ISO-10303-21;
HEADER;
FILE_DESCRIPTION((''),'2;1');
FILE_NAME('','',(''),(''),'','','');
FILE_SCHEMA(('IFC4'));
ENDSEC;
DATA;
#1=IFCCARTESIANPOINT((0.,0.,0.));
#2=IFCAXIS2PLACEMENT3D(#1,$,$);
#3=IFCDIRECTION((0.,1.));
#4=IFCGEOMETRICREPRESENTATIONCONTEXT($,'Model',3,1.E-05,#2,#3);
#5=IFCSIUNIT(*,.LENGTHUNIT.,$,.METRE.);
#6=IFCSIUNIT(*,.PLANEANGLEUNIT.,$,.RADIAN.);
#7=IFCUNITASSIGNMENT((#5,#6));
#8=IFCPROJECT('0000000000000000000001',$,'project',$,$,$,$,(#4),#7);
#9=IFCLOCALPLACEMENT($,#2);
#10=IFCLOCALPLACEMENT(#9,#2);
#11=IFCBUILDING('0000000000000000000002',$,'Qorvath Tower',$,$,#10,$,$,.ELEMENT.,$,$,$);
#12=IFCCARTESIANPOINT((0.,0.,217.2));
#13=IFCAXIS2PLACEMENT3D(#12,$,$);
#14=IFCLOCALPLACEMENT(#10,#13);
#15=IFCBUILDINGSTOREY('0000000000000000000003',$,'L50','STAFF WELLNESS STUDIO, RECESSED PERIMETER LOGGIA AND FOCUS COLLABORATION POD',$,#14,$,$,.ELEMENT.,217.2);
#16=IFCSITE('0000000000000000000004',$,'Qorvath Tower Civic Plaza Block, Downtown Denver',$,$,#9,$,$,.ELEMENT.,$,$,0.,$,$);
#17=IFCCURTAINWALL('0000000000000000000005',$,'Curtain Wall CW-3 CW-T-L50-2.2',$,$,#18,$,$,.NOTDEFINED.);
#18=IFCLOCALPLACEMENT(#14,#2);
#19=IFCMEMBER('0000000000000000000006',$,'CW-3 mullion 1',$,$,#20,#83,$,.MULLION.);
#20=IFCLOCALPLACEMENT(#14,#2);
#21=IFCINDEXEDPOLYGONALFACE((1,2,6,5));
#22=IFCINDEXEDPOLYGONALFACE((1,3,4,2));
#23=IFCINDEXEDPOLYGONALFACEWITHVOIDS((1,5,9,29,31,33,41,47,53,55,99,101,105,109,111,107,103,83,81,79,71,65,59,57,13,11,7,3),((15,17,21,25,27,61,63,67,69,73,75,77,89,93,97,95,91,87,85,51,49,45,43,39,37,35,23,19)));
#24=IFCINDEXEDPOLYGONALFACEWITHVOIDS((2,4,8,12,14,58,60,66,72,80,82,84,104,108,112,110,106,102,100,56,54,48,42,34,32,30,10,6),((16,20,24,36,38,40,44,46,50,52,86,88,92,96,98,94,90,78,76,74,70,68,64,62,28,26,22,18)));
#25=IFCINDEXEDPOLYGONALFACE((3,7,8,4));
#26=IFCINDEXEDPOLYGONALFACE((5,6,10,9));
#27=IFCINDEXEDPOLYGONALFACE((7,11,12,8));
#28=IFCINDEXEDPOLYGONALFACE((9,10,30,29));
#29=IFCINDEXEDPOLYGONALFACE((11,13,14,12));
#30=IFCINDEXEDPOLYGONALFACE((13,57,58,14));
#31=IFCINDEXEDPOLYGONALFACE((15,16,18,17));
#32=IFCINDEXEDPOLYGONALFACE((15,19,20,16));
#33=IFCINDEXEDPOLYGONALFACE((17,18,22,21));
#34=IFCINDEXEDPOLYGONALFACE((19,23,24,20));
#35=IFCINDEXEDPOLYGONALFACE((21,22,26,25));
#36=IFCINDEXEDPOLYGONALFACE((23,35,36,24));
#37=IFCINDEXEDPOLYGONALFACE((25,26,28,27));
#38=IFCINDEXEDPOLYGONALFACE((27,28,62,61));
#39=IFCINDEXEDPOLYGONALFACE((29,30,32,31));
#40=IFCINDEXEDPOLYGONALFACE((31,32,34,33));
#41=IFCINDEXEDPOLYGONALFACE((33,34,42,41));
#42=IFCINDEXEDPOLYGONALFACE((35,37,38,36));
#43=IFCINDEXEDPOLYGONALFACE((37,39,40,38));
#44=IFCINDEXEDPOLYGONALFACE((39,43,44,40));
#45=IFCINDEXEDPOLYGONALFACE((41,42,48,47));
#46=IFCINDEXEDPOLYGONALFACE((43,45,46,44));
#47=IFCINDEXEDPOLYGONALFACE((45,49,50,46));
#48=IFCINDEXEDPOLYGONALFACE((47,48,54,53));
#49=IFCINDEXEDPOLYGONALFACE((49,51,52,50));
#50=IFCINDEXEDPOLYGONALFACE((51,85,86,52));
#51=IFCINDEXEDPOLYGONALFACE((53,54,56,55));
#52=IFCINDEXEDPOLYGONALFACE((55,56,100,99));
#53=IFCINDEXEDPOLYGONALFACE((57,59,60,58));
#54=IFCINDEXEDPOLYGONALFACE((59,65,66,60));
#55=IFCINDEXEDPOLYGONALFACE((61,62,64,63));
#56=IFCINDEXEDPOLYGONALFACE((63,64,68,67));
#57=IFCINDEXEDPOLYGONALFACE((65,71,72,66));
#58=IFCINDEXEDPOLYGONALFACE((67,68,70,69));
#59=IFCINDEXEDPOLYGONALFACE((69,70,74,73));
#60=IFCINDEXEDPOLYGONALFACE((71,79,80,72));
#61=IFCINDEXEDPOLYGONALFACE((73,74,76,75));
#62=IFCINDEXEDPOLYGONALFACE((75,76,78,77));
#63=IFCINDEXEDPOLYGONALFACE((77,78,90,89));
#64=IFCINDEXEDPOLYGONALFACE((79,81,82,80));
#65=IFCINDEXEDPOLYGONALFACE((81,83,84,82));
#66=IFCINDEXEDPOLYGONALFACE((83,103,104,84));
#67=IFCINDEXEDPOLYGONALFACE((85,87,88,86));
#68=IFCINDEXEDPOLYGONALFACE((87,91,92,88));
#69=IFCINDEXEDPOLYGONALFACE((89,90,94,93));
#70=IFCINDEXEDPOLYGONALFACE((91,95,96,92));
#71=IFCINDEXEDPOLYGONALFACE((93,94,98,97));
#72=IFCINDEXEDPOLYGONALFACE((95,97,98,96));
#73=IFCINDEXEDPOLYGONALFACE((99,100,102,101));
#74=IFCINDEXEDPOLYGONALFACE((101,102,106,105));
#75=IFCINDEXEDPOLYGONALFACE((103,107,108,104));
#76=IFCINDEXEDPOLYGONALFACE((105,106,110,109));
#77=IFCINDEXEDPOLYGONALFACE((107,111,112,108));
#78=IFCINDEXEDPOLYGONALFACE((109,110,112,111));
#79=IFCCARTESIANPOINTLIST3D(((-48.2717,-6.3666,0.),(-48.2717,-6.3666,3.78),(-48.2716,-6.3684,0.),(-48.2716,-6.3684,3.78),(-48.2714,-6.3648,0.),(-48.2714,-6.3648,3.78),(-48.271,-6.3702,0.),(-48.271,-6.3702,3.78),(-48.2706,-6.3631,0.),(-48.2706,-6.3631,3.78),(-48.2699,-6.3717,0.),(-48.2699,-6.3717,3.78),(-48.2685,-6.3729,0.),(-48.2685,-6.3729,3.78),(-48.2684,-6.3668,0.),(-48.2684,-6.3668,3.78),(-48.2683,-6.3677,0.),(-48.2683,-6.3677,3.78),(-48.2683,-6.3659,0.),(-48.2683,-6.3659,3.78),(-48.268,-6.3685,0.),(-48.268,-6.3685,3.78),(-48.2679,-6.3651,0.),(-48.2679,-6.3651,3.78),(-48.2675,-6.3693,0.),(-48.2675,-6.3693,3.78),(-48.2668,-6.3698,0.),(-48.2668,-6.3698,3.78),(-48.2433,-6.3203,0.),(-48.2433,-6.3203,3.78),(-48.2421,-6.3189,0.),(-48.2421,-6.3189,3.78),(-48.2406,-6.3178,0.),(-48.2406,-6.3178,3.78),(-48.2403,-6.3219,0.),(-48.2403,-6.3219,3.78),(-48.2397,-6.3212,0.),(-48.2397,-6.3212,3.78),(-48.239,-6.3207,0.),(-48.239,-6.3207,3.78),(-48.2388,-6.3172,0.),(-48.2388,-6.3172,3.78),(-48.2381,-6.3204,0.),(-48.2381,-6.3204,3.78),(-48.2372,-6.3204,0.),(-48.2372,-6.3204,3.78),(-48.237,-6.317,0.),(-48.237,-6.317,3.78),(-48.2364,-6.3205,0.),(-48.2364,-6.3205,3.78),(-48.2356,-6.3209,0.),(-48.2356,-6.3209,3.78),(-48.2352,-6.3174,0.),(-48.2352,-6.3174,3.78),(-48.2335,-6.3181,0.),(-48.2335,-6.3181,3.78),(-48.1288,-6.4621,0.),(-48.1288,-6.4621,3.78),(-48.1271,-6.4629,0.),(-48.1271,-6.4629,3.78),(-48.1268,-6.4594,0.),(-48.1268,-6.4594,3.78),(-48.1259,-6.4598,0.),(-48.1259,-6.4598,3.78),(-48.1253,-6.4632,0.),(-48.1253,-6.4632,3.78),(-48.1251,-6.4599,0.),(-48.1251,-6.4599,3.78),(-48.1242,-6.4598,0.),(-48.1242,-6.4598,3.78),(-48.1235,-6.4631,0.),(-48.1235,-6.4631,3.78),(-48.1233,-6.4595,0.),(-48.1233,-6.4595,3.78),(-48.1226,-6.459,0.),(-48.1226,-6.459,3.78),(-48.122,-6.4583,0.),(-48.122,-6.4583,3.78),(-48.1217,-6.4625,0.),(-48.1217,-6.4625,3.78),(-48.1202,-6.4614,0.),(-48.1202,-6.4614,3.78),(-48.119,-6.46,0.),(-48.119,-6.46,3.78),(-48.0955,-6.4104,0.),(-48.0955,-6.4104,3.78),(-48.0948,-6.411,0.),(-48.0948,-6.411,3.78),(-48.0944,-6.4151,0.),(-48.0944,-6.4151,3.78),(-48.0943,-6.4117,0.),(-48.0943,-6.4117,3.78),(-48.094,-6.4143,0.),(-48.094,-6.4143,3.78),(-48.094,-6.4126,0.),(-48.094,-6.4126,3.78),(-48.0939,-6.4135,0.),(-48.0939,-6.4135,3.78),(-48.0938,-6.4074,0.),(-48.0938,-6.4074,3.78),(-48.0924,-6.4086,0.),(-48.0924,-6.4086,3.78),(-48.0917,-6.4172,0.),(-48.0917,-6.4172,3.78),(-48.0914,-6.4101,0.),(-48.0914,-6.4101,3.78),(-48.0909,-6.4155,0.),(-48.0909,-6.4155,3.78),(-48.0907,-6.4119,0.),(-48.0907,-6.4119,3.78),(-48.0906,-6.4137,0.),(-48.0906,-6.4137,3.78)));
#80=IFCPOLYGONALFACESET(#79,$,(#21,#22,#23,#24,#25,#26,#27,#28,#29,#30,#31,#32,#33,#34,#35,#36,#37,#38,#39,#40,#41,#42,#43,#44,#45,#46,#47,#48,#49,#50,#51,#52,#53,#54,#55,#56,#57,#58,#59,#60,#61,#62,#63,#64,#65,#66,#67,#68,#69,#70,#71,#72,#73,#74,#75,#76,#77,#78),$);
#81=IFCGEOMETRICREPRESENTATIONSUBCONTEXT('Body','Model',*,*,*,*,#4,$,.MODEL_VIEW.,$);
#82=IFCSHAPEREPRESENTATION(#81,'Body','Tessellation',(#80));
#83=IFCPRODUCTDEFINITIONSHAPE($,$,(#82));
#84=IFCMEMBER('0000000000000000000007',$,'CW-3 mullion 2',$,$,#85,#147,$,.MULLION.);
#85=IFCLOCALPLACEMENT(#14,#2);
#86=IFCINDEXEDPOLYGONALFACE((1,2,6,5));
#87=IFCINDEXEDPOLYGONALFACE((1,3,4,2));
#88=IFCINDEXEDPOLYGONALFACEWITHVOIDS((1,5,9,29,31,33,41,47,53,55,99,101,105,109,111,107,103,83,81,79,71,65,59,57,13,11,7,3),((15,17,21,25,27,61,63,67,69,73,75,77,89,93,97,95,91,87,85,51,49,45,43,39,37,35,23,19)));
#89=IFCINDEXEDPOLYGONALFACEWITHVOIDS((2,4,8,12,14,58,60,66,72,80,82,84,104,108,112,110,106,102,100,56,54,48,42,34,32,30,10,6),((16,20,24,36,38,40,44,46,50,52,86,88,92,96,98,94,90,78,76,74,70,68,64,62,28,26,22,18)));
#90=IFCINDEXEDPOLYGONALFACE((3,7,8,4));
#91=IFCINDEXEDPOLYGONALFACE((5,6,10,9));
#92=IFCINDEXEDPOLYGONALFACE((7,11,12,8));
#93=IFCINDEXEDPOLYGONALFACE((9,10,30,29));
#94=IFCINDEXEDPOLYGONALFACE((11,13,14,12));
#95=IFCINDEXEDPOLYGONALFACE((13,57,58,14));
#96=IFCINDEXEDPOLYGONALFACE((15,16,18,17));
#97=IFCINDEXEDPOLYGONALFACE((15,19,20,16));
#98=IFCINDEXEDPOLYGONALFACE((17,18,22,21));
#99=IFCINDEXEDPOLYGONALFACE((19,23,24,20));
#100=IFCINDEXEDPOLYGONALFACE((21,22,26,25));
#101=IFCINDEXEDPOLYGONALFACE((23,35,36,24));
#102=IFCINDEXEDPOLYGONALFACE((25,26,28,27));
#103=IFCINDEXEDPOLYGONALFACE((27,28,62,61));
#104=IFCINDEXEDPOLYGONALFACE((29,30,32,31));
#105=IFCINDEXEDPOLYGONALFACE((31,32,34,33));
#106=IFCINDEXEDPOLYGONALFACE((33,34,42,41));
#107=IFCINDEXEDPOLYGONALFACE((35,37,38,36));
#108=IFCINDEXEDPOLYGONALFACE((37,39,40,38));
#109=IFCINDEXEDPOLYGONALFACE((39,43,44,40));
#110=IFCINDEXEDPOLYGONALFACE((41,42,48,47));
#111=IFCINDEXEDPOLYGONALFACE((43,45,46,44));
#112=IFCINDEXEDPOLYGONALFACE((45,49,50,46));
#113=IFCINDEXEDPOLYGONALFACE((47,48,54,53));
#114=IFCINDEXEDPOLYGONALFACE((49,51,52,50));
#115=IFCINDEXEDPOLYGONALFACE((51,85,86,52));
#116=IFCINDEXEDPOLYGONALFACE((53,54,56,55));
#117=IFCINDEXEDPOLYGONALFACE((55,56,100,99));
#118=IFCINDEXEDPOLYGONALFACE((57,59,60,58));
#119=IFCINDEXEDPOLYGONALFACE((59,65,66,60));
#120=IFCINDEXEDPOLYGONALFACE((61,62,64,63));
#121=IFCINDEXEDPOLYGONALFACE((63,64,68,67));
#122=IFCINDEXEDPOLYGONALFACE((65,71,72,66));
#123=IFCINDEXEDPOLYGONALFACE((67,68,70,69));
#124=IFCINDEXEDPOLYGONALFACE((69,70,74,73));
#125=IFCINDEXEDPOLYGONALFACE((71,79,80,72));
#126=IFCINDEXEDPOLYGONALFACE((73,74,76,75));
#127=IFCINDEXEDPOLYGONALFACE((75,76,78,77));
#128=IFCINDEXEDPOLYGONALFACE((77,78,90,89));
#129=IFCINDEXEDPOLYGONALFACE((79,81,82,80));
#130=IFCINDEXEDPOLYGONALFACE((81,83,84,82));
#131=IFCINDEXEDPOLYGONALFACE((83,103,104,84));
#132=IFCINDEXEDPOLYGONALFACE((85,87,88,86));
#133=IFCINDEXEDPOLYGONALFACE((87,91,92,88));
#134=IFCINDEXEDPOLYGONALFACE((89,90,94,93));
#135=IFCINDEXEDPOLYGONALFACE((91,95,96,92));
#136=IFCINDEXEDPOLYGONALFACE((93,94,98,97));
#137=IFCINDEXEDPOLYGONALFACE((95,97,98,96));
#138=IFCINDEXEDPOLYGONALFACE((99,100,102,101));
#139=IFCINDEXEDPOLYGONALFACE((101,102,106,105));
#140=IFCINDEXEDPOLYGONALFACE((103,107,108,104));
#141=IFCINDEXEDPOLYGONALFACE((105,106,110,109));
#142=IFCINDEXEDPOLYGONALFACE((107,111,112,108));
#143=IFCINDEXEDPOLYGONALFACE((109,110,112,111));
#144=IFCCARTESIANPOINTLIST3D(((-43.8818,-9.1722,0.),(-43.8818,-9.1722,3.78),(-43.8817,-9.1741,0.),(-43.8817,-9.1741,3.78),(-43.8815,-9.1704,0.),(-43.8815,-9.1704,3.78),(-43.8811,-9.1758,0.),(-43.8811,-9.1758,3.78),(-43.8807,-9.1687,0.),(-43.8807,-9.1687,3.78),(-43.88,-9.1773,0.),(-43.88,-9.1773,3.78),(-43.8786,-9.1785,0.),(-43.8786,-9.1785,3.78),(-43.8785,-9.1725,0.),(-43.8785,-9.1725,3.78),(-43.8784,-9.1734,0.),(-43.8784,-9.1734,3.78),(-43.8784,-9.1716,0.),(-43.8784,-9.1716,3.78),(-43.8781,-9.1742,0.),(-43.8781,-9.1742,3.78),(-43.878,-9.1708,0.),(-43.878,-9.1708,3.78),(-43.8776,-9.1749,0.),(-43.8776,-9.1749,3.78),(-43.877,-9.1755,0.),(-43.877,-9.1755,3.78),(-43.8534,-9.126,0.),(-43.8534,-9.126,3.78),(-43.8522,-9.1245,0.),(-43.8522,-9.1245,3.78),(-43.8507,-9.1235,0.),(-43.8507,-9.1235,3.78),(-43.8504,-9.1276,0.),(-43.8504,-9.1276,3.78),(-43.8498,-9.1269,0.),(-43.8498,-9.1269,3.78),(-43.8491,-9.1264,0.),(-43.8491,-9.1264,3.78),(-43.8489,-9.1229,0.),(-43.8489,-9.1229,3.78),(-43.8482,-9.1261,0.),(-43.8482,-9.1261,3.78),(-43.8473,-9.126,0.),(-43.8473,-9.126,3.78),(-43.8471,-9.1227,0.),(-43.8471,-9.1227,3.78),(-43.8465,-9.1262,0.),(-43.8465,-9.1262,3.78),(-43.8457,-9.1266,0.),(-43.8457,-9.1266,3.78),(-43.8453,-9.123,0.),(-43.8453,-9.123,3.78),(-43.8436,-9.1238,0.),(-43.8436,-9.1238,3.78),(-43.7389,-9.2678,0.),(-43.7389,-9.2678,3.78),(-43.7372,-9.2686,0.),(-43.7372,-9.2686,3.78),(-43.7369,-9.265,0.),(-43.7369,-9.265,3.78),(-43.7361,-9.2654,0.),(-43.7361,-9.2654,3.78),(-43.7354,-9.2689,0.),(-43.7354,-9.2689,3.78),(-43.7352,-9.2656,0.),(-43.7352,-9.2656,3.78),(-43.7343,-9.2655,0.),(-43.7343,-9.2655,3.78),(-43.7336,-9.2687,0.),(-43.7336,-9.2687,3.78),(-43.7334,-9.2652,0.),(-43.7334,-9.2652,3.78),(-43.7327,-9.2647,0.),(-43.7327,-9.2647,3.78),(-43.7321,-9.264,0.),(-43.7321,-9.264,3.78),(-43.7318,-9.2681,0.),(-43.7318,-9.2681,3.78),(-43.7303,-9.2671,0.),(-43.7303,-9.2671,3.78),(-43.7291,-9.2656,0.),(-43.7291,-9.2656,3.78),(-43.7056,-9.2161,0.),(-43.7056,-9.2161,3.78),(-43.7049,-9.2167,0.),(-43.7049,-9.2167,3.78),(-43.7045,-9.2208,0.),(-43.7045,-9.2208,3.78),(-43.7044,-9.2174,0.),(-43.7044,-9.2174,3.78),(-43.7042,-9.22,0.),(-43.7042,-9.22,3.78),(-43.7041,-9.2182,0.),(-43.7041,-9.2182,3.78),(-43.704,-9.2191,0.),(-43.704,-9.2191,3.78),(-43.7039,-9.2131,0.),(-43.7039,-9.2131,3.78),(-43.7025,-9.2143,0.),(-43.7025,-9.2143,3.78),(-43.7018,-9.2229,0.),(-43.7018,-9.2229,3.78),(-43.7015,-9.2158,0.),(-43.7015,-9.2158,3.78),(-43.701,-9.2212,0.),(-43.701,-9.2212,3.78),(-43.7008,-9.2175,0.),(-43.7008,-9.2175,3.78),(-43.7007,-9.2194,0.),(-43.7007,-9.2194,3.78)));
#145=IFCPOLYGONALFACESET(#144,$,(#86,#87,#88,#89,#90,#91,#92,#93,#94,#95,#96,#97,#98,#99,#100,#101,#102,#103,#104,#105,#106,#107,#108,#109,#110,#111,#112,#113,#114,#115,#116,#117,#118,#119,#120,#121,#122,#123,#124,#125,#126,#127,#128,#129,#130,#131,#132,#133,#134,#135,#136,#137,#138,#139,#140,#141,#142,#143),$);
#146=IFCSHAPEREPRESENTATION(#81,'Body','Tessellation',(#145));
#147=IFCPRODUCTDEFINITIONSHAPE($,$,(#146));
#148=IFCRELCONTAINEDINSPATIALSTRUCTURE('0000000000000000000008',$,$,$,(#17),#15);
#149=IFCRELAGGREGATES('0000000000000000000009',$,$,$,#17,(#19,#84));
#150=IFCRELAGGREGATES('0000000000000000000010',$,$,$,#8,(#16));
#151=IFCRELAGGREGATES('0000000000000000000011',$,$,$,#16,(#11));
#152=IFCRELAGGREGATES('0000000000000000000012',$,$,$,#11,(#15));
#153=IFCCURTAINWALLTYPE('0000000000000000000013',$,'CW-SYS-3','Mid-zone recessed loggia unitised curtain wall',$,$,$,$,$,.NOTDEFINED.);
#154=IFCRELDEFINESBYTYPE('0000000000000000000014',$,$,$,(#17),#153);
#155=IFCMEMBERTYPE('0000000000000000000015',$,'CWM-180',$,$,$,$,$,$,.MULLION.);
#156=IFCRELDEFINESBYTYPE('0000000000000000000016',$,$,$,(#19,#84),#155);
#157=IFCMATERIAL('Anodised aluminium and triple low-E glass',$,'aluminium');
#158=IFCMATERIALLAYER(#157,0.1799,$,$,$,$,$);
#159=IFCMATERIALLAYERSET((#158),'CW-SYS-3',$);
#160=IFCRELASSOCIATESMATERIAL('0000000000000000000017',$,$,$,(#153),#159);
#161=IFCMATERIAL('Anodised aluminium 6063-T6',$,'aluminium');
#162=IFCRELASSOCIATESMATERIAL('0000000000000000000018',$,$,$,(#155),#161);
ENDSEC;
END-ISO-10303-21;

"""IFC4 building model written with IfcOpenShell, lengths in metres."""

from ifc_helpers import new_model, si_unit, direction, frame, origin, origin_2d, place, context, subcontext, project, spatial, hollow_rectangle, extrude, material, layer, layer_set, material_profile, profile_set, type_object, element, aggregate, save


model = new_model("IFC4")

# Units and contexts
model_context = context("Model", 3, precision=1e-05, world=origin(), true_north=direction((0.0, 1.0)))
body_context = subcontext(model_context, "Body", "Model", "MODEL_VIEW")
ifc_project = project(units=[si_unit("LENGTHUNIT", "METRE"), si_unit("PLANEANGLEUNIT", "RADIAN")], contexts=[model_context])

# Site, building, storey
site_placement = place(None, origin())
site = spatial("IfcSite", under=ifc_project, at=site_placement, Name="Qorvath Tower Civic Plaza Block, Downtown Denver", CompositionType="ELEMENT", RefElevation=0.0)
building_placement = place(site_placement, origin())
building = spatial("IfcBuilding", under=site, at=building_placement, Name="Qorvath Tower", CompositionType="ELEMENT")
storey_placement = place(building_placement, frame((0.0, 0.0, 217.2)))
storey = spatial("IfcBuildingStorey", under=building, at=storey_placement, Name="L50", Description="STAFF WELLNESS STUDIO, RECESSED PERIMETER LOGGIA AND FOCUS COLLABORATION POD", CompositionType="ELEMENT", Elevation=217.2)

# Curtain wall, members
ifc_material_1 = material(Name="Anodised aluminium and triple low-E glass", Category="aluminium")
ifc_layer_1 = layer(ifc_material_1, 0.1799)
ifc_layer_set_1 = layer_set([ifc_layer_1], Name="CW-SYS-3")
curtain_wall_type = type_object("IfcCurtainWallType", Name="CW-SYS-3", Description="Mid-zone recessed loggia unitised curtain wall", PredefinedType="NOTDEFINED", material=ifc_layer_set_1)
ifc_material_2 = material(Name="Anodised aluminium 6063-T6", Category="aluminium")
ifc_material_profile_1 = material_profile(ifc_material_2, hollow_rectangle(XDim=0.0649, YDim=0.1799, WallThickness=0.0034, InnerFilletRadius=0.0034, OuterFilletRadius=0.0071, at=origin_2d()), Name="CWM 180x65")
ifc_profile_set_1 = profile_set([ifc_material_profile_1], Name="Anodised aluminium 6063-T6")
member_type_1 = type_object("IfcMemberType", Name="CWM-180", PredefinedType="MULLION", material=ifc_profile_set_1)
curtain_wall_1_placement = place(storey_placement, origin())
curtain_wall_1 = element("IfcCurtainWall", 1, at=curtain_wall_1_placement, inside=storey, type_object=curtain_wall_type, Name="Curtain Wall CW-3 CW-T-L50-2.2", PredefinedType="NOTDEFINED")
member_1_placement = place(storey_placement, frame((-48.1812, -6.3901, 0.0), z_axis=(0.0, 0.0, 1.0), x_axis=(0.538535, 0.842603, 0.0)))
member_1 = element("IfcMember", 2, at=member_1_placement, type_object=member_type_1, Name="CW-3 mullion 1", PredefinedType="MULLION", context=body_context, shape_type="SweptSolid", body=[
    extrude(hollow_rectangle(XDim=0.0649, YDim=0.1799, WallThickness=0.0034, InnerFilletRadius=0.0034, OuterFilletRadius=0.0071, at=origin_2d()), origin(), (0.0, 0.0, 1.0), 3.78),
])
member_2_placement = place(storey_placement, frame((-43.7913, -9.1958, 0.0), z_axis=(0.0, 0.0, 1.0), x_axis=(0.538535, 0.842603, 0.0)))
member_2 = element("IfcMember", 3, at=member_2_placement, type_object=member_type_1, Name="CW-3 mullion 2", PredefinedType="MULLION", context=body_context, shape_type="SweptSolid", body=[
    extrude(hollow_rectangle(XDim=0.0649, YDim=0.1799, WallThickness=0.0034, InnerFilletRadius=0.0034, OuterFilletRadius=0.0071, at=origin_2d()), origin(), (0.0, 0.0, 1.0), 3.78),
])

aggregate(curtain_wall_1, [member_1, member_2])

save(model, "model.ifc")
